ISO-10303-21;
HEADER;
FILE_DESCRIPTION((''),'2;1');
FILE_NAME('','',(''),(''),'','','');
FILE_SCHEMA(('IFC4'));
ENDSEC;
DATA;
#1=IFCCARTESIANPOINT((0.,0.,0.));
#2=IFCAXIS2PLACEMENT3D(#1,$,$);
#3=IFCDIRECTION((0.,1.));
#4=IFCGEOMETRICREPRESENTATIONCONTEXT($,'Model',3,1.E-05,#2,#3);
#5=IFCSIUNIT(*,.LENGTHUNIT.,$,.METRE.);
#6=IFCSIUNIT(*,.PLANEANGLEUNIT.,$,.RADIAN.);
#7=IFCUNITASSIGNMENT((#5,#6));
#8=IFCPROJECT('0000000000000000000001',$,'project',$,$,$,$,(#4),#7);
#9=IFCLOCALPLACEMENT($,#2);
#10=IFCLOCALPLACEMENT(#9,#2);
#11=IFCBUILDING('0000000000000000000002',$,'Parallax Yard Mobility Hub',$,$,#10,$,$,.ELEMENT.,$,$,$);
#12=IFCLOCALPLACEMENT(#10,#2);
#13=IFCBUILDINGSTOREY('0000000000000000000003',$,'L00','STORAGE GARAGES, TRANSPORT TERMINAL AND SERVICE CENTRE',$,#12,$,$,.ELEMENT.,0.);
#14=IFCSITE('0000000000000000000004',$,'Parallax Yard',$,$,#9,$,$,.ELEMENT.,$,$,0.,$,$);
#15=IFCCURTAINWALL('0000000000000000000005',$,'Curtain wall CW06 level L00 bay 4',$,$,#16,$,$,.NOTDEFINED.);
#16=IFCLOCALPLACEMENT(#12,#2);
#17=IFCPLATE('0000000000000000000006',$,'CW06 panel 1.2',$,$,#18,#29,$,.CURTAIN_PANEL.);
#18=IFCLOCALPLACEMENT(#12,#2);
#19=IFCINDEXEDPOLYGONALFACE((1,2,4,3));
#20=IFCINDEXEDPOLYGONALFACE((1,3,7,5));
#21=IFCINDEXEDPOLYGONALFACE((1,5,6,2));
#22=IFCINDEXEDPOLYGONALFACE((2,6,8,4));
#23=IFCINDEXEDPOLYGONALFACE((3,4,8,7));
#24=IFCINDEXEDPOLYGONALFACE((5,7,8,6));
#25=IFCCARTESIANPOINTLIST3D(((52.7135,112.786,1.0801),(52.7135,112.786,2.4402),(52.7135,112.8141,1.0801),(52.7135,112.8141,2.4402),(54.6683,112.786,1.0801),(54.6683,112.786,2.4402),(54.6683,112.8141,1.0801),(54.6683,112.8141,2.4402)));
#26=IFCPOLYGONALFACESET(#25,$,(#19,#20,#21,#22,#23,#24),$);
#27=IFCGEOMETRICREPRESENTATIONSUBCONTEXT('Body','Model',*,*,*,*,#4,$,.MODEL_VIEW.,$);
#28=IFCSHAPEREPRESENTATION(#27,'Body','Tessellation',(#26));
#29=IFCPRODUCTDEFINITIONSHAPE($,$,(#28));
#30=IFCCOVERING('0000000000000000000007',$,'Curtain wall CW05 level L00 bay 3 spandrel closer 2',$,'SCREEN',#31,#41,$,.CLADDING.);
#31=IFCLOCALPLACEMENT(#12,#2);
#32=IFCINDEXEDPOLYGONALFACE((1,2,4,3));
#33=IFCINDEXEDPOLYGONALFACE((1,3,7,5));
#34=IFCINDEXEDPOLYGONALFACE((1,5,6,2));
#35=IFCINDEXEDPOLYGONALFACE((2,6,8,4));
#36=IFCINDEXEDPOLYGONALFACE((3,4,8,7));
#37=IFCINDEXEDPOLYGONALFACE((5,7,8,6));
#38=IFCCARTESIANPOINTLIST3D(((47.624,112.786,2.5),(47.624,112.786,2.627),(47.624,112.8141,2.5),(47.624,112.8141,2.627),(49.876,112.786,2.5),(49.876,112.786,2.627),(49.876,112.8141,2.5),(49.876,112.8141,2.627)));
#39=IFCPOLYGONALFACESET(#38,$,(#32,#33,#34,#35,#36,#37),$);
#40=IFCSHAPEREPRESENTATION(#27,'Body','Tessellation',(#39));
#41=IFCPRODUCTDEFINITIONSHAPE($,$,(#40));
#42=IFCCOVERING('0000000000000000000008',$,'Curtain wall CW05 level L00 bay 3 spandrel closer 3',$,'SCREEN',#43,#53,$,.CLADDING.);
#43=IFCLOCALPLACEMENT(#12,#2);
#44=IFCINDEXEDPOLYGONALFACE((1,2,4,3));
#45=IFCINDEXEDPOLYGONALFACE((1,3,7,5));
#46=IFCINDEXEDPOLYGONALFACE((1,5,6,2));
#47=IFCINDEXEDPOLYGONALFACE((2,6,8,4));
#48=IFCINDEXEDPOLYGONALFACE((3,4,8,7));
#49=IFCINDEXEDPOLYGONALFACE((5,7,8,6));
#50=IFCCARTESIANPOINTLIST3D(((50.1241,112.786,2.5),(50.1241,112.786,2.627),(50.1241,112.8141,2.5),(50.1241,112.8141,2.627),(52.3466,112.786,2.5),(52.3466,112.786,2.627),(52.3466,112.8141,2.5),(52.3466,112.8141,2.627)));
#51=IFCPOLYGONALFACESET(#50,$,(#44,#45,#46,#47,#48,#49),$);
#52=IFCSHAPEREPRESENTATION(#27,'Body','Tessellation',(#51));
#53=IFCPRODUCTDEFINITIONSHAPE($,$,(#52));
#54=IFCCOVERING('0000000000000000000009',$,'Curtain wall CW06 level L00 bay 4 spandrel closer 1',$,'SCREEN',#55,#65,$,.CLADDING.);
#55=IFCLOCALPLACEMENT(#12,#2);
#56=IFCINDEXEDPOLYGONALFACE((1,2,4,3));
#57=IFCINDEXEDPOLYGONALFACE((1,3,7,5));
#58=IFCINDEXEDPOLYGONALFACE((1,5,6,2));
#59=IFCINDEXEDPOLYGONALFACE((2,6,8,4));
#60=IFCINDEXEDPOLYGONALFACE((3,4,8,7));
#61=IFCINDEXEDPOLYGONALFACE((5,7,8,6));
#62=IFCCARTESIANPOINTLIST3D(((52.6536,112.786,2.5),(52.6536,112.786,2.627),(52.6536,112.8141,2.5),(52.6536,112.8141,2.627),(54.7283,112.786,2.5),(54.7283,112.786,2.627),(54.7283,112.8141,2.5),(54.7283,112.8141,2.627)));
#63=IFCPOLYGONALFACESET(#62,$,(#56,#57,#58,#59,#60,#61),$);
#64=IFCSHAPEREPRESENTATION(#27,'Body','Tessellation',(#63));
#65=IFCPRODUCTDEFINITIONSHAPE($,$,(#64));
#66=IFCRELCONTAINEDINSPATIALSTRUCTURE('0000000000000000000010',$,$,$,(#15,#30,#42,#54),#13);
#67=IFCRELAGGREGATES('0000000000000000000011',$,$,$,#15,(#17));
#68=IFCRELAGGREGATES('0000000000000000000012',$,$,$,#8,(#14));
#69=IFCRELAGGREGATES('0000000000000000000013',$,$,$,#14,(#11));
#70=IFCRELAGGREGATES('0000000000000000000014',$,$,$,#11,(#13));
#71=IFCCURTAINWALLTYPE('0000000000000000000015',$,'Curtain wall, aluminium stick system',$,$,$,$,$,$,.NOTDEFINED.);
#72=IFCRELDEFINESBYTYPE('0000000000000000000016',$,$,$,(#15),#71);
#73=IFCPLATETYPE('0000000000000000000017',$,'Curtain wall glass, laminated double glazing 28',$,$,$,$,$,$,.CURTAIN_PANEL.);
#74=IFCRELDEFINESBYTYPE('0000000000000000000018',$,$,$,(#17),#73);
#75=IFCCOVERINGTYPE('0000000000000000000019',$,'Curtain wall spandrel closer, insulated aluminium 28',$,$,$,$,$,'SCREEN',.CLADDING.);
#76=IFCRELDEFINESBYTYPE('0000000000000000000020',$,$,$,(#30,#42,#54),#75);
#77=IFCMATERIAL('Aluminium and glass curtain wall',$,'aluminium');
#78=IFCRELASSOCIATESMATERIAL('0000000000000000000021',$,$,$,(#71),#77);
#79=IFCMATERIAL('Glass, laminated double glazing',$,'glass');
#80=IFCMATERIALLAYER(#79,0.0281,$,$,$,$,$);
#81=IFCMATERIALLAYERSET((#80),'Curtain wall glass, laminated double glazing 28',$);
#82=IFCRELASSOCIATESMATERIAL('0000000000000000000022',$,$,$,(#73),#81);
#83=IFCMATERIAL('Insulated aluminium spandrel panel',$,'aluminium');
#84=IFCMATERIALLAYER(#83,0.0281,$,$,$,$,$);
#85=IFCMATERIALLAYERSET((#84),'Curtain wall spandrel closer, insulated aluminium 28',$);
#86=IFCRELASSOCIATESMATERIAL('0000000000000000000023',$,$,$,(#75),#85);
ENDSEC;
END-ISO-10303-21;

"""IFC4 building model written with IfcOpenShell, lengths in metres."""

from ifc_helpers import new_model, si_unit, direction, frame, origin, origin_2d, place, context, subcontext, project, spatial, rectangle, extrude, material, layer, layer_set, type_object, element, aggregate, save


model = new_model("IFC4")

# Units and contexts
model_context = context("Model", 3, precision=1e-05, world=origin(), true_north=direction((0.0, 1.0)))
body_context = subcontext(model_context, "Body", "Model", "MODEL_VIEW")
ifc_project = project(units=[si_unit("LENGTHUNIT", "METRE"), si_unit("PLANEANGLEUNIT", "RADIAN")], contexts=[model_context])

# Site, building, storey
site_placement = place(None, origin())
site = spatial("IfcSite", under=ifc_project, at=site_placement, Name="Parallax Yard", CompositionType="ELEMENT", RefElevation=0.0)
building_placement = place(site_placement, origin())
building = spatial("IfcBuilding", under=site, at=building_placement, Name="Parallax Yard Mobility Hub", CompositionType="ELEMENT")
storey_placement = place(building_placement, origin())
storey = spatial("IfcBuildingStorey", under=building, at=storey_placement, Name="L00", Description="STORAGE GARAGES, TRANSPORT TERMINAL AND SERVICE CENTRE", CompositionType="ELEMENT", Elevation=0.0)

# Curtain wall
ifc_material_1 = material(Name="Aluminium and glass curtain wall", Category="aluminium")
curtain_wall_type = type_object("IfcCurtainWallType", Name="Curtain wall, aluminium stick system", PredefinedType="NOTDEFINED", material=ifc_material_1)
curtain_wall_1_placement = place(storey_placement, origin())
curtain_wall_1 = element("IfcCurtainWall", 1, at=curtain_wall_1_placement, inside=storey, type_object=curtain_wall_type, Name="Curtain wall CW06 level L00 bay 4", PredefinedType="NOTDEFINED")

# Plate
ifc_material_2 = material(Name="Glass, laminated double glazing", Category="glass")
ifc_layer_1 = layer(ifc_material_2, 0.0281)
ifc_layer_set_1 = layer_set([ifc_layer_1], Name="Curtain wall glass, laminated double glazing 28")
plate_type = type_object("IfcPlateType", Name="Curtain wall glass, laminated double glazing 28", PredefinedType="CURTAIN_PANEL", material=ifc_layer_set_1)
plate_1_placement = place(storey_placement, frame((53.6909, 112.8, 1.0801), z_axis=(0.0, 0.0, 1.0), x_axis=(1.0, 0.0, 0.0)))
plate_1 = element("IfcPlate", 2, at=plate_1_placement, type_object=plate_type, Name="CW06 panel 1.2", PredefinedType="CURTAIN_PANEL", context=body_context, shape_type="SweptSolid", body=[
    extrude(rectangle(XDim=1.9548, YDim=0.0281, at=origin_2d()), origin(), (0.0, 0.0, 1.0), 1.3601),
])
aggregate(curtain_wall_1, [plate_1])

# Coverings
ifc_material_3 = material(Name="Insulated aluminium spandrel panel", Category="aluminium")
ifc_layer_2 = layer(ifc_material_3, 0.0281)
ifc_layer_set_2 = layer_set([ifc_layer_2], Name="Curtain wall spandrel closer, insulated aluminium 28")
covering_type = type_object("IfcCoveringType", Name="Curtain wall spandrel closer, insulated aluminium 28", ElementType="SCREEN", PredefinedType="CLADDING", material=ifc_layer_set_2)
covering_1_placement = place(storey_placement, frame((48.75, 112.8, 2.5), z_axis=(0.0, 0.0, 1.0), x_axis=(1.0, 0.0, 0.0)))
element("IfcCovering", 3, at=covering_1_placement, inside=storey, type_object=covering_type, Name="Curtain wall CW05 level L00 bay 3 spandrel closer 2", ObjectType="SCREEN", PredefinedType="CLADDING", context=body_context, shape_type="SweptSolid", body=[
    extrude(rectangle(XDim=2.252, YDim=0.0281, at=origin_2d()), origin(), (0.0, 0.0, 1.0), 0.127),
])
covering_2_placement = place(storey_placement, frame((51.2354, 112.8, 2.5), z_axis=(0.0, 0.0, 1.0), x_axis=(1.0, 0.0, 0.0)))
element("IfcCovering", 4, at=covering_2_placement, inside=storey, type_object=covering_type, Name="Curtain wall CW05 level L00 bay 3 spandrel closer 3", ObjectType="SCREEN", PredefinedType="CLADDING", context=body_context, shape_type="SweptSolid", body=[
    extrude(rectangle(XDim=2.2224, YDim=0.0281, at=origin_2d()), origin(), (0.0, 0.0, 1.0), 0.127),
])
covering_3_placement = place(storey_placement, frame((53.6909, 112.8, 2.5), z_axis=(0.0, 0.0, 1.0), x_axis=(1.0, 0.0, 0.0)))
element("IfcCovering", 5, at=covering_3_placement, inside=storey, type_object=covering_type, Name="Curtain wall CW06 level L00 bay 4 spandrel closer 1", ObjectType="SCREEN", PredefinedType="CLADDING", context=body_context, shape_type="SweptSolid", body=[
    extrude(rectangle(XDim=2.0747, YDim=0.0281, at=origin_2d()), origin(), (0.0, 0.0, 1.0), 0.127),
])

save(model, "model.ifc")
